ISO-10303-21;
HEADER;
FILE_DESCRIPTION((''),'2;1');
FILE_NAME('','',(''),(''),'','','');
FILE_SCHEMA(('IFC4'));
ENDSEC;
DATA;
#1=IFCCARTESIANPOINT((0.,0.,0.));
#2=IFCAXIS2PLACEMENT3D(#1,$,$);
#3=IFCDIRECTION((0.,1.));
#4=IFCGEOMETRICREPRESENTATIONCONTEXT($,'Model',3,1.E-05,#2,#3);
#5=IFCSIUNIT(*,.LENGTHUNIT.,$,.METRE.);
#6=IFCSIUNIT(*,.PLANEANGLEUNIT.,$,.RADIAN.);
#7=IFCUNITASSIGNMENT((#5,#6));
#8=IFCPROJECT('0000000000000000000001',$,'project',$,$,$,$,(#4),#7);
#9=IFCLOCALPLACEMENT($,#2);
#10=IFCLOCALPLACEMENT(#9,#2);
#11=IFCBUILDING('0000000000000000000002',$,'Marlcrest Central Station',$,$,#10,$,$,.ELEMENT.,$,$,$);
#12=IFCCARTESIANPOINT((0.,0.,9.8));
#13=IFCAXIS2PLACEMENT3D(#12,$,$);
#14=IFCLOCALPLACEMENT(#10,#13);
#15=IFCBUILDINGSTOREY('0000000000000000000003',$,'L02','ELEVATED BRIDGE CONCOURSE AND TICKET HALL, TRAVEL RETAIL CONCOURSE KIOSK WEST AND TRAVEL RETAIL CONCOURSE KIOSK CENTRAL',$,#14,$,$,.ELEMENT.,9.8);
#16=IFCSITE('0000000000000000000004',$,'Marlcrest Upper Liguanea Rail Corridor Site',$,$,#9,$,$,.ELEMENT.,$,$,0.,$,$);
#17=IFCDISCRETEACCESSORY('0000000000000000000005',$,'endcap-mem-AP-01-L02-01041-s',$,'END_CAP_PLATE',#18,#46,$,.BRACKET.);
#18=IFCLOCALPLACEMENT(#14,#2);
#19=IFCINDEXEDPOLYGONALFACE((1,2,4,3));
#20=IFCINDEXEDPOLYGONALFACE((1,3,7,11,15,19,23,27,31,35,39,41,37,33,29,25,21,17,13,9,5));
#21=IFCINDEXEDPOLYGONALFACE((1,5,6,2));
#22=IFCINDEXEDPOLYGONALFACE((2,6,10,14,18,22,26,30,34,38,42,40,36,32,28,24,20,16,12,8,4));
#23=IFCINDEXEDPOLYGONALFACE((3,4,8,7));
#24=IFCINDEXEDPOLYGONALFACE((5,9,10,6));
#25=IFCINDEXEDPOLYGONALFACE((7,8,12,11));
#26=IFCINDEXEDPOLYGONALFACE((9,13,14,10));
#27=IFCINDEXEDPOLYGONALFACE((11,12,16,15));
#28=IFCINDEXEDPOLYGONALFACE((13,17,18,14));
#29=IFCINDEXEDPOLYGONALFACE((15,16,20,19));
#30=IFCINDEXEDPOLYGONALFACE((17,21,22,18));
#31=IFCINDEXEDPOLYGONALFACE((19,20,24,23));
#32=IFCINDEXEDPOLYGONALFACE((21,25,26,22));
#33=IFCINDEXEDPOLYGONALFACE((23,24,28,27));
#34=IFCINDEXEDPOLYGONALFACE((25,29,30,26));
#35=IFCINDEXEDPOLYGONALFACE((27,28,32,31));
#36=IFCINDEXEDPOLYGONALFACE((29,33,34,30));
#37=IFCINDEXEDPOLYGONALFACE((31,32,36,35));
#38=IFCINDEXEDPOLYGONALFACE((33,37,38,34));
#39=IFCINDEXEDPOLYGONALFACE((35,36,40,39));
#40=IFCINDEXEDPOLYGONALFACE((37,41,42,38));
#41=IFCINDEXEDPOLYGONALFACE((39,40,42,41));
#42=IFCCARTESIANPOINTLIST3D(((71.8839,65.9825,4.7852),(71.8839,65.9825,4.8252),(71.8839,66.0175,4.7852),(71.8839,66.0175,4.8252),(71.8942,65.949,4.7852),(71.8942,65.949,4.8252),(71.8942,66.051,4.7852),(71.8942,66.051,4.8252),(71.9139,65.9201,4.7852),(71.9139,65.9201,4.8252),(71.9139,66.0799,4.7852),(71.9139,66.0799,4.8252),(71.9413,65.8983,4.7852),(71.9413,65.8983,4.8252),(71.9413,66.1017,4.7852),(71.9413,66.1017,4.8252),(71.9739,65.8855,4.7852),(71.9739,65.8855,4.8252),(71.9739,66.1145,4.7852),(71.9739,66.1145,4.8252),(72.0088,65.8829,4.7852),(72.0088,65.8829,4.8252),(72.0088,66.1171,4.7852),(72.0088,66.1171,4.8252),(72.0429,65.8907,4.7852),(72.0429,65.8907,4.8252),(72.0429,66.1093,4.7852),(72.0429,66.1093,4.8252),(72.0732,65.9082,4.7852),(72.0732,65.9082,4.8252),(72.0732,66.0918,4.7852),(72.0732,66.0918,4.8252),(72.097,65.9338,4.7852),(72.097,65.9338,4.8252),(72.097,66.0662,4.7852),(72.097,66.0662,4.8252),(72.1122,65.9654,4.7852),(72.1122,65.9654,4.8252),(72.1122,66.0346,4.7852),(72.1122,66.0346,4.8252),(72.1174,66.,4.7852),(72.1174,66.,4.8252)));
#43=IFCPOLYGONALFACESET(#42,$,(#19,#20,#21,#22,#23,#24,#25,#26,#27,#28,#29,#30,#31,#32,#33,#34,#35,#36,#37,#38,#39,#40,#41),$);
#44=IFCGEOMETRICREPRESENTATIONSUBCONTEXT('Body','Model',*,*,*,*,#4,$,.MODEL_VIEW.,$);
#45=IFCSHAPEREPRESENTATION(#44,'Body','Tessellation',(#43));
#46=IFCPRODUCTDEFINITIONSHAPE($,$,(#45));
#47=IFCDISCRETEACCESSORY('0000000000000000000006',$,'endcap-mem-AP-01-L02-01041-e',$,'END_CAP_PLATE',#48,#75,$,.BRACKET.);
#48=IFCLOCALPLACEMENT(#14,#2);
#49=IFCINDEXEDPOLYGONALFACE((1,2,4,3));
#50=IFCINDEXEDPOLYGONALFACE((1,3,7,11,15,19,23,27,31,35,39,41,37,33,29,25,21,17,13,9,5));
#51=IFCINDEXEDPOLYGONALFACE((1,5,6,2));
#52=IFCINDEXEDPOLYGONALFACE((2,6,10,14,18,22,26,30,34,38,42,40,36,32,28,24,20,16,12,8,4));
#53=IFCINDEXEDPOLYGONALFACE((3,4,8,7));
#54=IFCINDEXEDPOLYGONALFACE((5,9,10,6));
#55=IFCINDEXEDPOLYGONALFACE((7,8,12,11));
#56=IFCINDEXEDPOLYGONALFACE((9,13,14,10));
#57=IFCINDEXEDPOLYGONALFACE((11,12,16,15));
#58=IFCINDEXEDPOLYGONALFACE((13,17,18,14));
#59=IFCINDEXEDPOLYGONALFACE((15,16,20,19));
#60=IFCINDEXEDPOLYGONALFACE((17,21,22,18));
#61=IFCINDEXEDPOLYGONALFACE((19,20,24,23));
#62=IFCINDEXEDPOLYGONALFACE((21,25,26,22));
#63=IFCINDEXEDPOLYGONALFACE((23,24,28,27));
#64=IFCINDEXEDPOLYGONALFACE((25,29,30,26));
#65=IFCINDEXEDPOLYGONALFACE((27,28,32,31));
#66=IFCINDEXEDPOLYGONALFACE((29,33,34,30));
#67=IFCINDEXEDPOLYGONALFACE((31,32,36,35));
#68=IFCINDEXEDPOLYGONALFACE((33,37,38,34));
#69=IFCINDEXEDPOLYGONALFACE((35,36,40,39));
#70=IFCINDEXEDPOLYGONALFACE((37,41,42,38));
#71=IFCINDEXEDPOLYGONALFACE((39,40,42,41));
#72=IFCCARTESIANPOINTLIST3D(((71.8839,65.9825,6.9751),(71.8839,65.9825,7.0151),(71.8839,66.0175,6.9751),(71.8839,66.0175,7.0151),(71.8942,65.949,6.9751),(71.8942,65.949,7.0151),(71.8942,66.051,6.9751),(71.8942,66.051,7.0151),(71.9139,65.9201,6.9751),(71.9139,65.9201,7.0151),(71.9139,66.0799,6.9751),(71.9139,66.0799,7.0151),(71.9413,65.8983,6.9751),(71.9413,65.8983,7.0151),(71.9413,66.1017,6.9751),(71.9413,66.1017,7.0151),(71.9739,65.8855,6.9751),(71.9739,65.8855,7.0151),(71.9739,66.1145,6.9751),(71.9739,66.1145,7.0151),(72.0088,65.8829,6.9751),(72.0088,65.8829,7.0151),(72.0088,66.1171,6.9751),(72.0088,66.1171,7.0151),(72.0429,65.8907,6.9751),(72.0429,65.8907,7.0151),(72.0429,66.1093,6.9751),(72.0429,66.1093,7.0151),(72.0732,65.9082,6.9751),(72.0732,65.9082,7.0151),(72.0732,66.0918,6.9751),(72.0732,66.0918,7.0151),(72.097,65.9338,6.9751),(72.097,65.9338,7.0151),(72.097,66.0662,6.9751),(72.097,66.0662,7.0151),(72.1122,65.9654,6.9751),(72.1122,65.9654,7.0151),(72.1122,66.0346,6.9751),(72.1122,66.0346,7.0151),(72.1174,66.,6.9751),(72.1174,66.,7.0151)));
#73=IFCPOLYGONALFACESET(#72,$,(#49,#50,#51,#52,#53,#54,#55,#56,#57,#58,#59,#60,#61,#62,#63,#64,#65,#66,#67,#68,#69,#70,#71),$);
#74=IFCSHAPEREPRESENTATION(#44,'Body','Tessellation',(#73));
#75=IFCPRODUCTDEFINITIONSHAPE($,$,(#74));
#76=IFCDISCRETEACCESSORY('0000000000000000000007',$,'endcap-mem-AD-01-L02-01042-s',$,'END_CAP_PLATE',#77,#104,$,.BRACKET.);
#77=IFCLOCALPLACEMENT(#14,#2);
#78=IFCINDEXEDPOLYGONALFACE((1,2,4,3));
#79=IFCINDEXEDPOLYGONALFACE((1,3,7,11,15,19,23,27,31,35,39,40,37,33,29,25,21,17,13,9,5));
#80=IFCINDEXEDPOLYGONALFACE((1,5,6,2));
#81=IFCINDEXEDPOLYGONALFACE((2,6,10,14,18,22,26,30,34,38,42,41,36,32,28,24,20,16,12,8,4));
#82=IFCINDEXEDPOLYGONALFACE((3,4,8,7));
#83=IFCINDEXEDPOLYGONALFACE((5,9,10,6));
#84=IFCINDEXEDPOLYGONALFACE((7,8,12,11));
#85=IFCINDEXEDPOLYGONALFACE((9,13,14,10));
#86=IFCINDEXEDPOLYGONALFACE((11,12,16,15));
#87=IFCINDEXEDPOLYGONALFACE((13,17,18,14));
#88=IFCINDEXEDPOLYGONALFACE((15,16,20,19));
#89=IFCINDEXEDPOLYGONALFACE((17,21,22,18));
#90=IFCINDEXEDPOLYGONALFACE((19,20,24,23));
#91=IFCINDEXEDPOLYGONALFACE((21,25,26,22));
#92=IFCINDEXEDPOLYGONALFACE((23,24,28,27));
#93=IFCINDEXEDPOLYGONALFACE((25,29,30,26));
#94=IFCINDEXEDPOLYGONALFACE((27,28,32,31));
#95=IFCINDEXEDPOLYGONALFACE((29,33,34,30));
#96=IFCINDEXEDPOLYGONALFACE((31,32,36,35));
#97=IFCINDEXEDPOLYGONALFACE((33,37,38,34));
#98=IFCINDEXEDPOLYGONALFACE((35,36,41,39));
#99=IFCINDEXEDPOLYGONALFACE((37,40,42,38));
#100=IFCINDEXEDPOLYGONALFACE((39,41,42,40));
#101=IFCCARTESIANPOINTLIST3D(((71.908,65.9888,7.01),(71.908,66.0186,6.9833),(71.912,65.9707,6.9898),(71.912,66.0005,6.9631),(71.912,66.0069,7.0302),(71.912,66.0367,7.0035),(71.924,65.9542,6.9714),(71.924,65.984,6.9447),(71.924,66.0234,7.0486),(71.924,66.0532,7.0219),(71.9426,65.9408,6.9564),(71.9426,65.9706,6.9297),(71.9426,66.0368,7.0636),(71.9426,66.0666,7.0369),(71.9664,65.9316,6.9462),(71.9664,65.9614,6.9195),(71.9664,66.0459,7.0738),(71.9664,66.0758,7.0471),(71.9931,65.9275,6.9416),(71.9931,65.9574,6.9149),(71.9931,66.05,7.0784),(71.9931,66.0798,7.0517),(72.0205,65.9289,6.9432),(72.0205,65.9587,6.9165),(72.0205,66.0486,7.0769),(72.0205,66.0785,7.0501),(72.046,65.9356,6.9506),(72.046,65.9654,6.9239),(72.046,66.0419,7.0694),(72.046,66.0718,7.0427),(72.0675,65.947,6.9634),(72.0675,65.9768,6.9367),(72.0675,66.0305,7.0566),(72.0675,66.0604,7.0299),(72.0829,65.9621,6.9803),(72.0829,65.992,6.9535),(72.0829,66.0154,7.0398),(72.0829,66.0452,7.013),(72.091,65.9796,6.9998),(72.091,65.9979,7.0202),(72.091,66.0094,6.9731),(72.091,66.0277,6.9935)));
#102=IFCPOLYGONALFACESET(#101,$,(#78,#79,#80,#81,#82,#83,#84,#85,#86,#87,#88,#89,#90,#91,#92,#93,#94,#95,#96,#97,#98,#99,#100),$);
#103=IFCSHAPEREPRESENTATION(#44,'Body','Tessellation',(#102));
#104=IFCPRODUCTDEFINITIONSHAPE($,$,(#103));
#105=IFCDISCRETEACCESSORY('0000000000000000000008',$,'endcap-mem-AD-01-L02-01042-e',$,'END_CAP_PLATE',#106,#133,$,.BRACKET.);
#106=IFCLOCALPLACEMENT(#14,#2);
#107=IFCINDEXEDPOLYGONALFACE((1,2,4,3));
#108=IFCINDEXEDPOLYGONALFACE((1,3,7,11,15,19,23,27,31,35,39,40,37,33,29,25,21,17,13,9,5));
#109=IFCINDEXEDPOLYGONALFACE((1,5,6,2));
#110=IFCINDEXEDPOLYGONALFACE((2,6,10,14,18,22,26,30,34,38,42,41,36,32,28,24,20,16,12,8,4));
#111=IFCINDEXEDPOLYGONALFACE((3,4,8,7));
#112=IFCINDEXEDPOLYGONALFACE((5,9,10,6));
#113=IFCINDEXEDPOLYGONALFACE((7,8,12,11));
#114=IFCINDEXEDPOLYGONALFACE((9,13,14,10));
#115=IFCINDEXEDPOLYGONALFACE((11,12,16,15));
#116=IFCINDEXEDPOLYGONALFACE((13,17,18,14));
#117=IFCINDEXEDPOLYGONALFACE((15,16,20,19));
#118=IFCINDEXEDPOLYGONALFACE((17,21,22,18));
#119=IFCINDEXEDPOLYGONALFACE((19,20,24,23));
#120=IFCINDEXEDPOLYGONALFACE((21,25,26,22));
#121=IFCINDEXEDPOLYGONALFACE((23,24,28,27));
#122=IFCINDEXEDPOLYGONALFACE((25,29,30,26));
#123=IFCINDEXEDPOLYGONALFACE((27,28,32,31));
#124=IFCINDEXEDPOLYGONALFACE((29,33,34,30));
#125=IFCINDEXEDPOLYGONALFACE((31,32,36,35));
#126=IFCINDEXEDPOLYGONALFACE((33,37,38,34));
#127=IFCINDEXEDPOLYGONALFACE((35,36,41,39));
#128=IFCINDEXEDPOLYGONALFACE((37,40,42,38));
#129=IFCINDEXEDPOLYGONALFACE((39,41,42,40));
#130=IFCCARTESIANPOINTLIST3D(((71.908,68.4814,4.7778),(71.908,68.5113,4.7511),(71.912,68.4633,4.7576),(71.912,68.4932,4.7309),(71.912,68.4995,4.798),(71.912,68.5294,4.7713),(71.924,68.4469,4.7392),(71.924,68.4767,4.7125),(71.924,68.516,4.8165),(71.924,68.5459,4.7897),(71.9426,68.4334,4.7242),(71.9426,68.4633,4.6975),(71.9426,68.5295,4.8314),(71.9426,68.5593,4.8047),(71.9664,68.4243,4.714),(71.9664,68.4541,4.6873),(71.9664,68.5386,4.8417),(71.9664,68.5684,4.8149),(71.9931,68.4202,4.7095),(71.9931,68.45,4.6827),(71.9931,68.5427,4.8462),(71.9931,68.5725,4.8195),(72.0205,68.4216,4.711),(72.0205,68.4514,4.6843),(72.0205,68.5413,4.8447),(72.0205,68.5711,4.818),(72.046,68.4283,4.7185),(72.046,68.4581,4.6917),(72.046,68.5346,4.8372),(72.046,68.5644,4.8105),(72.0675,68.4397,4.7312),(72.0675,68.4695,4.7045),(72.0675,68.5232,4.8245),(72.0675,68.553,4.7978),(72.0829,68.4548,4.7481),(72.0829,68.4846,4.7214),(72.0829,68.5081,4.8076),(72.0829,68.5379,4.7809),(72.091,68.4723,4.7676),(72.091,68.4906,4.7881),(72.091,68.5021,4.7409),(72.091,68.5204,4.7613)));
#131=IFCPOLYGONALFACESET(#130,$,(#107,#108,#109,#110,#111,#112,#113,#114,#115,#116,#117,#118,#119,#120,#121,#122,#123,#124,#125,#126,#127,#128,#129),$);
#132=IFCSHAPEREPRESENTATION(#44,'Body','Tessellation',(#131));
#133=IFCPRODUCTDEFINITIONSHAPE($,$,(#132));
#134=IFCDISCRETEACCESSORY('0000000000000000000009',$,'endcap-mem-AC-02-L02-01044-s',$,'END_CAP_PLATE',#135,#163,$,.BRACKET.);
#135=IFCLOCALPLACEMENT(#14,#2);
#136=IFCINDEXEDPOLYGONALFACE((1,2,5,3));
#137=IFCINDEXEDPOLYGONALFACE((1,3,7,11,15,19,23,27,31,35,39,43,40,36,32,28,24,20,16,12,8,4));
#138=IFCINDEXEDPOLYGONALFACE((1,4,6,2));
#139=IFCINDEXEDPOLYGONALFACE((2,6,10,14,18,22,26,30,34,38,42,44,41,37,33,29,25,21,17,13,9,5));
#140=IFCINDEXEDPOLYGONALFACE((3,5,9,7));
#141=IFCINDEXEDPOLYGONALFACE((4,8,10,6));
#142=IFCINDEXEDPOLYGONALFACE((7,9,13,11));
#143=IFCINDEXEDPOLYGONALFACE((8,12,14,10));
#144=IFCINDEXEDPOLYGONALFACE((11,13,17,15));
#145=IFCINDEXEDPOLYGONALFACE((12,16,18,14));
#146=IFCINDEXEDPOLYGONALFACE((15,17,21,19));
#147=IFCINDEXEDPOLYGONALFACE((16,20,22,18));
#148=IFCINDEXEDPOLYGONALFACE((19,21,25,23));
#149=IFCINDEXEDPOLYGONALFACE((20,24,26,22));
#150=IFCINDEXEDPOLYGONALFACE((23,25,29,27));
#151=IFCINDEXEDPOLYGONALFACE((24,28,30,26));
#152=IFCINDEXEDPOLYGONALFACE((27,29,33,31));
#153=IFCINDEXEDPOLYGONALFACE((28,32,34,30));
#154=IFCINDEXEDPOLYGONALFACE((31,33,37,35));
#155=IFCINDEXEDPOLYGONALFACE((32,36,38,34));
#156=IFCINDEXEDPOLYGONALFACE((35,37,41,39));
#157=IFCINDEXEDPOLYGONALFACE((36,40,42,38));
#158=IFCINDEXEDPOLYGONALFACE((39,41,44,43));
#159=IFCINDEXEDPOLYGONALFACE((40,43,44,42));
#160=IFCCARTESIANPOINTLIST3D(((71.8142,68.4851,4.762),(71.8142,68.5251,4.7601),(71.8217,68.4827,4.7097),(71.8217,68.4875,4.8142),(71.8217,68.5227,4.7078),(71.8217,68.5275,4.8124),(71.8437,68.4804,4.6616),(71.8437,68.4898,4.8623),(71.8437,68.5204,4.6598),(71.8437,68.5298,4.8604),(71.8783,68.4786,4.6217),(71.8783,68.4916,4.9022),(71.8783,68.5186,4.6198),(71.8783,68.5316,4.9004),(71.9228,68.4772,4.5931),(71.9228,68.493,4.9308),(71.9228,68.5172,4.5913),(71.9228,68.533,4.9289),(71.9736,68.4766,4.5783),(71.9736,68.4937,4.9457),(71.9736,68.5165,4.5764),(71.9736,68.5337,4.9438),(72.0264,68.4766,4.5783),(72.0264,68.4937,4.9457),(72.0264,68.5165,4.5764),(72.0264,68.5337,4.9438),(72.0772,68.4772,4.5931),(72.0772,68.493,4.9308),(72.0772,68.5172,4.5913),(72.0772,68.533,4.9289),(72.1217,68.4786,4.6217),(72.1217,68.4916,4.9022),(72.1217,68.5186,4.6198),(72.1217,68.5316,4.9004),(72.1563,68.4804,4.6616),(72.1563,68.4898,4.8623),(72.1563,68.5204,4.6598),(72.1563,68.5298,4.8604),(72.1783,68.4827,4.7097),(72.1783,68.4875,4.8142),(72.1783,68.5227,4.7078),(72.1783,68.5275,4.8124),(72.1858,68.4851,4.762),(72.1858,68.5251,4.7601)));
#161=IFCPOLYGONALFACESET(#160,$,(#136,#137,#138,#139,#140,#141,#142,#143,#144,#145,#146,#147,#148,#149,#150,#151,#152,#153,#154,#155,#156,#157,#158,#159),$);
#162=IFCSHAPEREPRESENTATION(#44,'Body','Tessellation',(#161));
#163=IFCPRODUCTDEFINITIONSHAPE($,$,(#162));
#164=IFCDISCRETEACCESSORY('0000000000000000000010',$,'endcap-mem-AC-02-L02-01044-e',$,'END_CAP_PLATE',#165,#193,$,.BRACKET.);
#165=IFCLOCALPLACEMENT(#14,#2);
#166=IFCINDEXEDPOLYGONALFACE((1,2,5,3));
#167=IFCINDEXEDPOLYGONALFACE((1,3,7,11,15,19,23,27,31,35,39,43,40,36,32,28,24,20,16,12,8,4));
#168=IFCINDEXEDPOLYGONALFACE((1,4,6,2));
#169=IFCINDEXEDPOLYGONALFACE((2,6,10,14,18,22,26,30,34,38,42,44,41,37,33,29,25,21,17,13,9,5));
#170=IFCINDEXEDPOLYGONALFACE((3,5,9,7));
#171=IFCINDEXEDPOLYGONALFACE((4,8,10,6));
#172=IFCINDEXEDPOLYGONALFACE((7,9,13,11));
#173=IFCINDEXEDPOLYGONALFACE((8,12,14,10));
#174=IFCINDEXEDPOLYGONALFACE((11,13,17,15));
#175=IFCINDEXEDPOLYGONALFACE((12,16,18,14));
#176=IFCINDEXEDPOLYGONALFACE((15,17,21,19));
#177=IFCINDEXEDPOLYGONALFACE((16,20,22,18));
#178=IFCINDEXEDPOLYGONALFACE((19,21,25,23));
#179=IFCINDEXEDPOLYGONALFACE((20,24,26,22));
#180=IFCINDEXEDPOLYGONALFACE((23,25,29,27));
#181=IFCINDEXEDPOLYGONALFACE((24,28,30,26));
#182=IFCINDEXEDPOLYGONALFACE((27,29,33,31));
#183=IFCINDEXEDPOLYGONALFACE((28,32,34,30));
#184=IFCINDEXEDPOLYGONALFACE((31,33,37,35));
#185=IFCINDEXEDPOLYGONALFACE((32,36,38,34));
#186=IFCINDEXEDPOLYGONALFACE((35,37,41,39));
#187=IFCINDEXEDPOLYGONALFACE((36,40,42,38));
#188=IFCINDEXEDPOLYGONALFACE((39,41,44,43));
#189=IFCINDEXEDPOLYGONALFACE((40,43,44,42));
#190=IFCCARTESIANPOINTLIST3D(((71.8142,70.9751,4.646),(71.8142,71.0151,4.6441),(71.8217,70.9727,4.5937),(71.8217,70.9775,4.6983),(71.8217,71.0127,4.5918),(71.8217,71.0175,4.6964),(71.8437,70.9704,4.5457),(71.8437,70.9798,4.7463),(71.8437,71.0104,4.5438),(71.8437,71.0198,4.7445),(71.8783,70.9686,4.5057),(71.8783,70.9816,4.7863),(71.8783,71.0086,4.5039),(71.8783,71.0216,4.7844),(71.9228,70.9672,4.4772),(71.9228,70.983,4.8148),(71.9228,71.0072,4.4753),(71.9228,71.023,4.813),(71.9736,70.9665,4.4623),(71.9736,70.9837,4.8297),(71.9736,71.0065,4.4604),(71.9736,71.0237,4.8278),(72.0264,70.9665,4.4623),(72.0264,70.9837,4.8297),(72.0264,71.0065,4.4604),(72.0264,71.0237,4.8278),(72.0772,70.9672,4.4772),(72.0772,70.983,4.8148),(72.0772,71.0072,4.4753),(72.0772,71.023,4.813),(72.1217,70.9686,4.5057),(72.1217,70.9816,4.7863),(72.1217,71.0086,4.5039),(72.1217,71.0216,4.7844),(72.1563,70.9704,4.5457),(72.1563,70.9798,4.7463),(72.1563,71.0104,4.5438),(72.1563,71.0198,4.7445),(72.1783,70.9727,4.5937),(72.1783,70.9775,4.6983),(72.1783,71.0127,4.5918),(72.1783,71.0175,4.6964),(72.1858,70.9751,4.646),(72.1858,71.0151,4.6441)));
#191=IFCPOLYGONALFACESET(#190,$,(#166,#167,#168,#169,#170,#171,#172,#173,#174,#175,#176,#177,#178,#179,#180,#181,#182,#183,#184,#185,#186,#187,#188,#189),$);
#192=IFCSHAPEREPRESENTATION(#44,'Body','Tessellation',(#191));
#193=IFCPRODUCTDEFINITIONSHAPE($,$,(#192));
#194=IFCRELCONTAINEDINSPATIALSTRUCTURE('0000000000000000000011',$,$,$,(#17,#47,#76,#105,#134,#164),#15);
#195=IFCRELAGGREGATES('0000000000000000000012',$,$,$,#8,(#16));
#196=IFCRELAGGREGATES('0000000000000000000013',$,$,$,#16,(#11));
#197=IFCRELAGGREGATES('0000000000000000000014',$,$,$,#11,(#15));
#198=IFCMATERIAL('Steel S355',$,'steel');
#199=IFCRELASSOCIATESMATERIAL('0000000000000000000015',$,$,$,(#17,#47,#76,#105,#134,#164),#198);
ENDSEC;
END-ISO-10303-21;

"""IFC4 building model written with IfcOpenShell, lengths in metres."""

from ifc_helpers import new_model, si_unit, direction, frame, origin, origin_2d, place, context, subcontext, project, spatial, circle, extrude, material, element, save


model = new_model("IFC4")

# Units and contexts
model_context = context("Model", 3, precision=1e-05, world=origin(), true_north=direction((0.0, 1.0)))
body_context = subcontext(model_context, "Body", "Model", "MODEL_VIEW")
ifc_project = project(units=[si_unit("LENGTHUNIT", "METRE"), si_unit("PLANEANGLEUNIT", "RADIAN")], contexts=[model_context])

# Site, building, storey
site_placement = place(None, origin())
site = spatial("IfcSite", under=ifc_project, at=site_placement, Name="Marlcrest Upper Liguanea Rail Corridor Site", CompositionType="ELEMENT", RefElevation=0.0)
building_placement = place(site_placement, origin())
building = spatial("IfcBuilding", under=site, at=building_placement, Name="Marlcrest Central Station", CompositionType="ELEMENT")
storey_placement = place(building_placement, frame((0.0, 0.0, 9.8)))
storey = spatial("IfcBuildingStorey", under=building, at=storey_placement, Name="L02", Description="ELEVATED BRIDGE CONCOURSE AND TICKET HALL, TRAVEL RETAIL CONCOURSE KIOSK WEST AND TRAVEL RETAIL CONCOURSE KIOSK CENTRAL", CompositionType="ELEMENT", Elevation=9.8)

# Shared definitions
ifc_material_1 = material(Name="Steel S355", Category="steel")

# Discrete accessories
for number, where, z_axis, x_axis, name in (
    (1, (72.0, 66.0, 4.7852), (0.0, 0.0, 1.0), (1.0, 0.0, 0.0), "endcap-mem-AP-01-L02-01041-s"),
    (2, (72.0, 66.0, 6.9751), (0.0, 0.0, 1.0), (1.0, 0.0, 0.0), "endcap-mem-AP-01-L02-01041-e"),
):
    element("IfcDiscreteAccessory", number, at=place(storey_placement, frame(where, z_axis=z_axis, x_axis=x_axis)), inside=storey, material=ifc_material_1, Name=name, ObjectType="END_CAP_PLATE", PredefinedType="BRACKET", context=body_context, shape_type="SweptSolid", body=[
        extrude(circle(Radius=0.1174, at=origin_2d()), origin(), (0.0, 0.0, 1.0), 0.04),
    ])
for number, where, z_axis, x_axis, name in (
    (3, (72.0, 65.9888, 7.01), (0.0, 0.744956, -0.667114), (-1.0, 0.0, 0.0), "endcap-mem-AD-01-L02-01042-s"),
    (4, (72.0, 68.4814, 4.7778), (0.0, 0.744956, -0.667114), (-1.0, 0.0, 0.0), "endcap-mem-AD-01-L02-01042-e"),
):
    element("IfcDiscreteAccessory", number, at=place(storey_placement, frame(where, z_axis=z_axis, x_axis=x_axis)), inside=storey, material=ifc_material_1, Name=name, ObjectType="END_CAP_PLATE", PredefinedType="BRACKET", context=body_context, shape_type="SweptSolid", body=[
        extrude(circle(Radius=0.092, at=origin_2d()), origin(), (0.0, 0.0, 1.0), 0.04),
    ])
for number, where, z_axis, x_axis, name in (
    (5, (72.0, 68.4851, 4.762), (0.0, 0.998917, -0.046532), (-1.0, 0.0, 0.0), "endcap-mem-AC-02-L02-01044-s"),
    (6, (72.0, 70.9751, 4.646), (0.0, 0.998917, -0.046532), (-1.0, 0.0, 0.0), "endcap-mem-AC-02-L02-01044-e"),
):
    element("IfcDiscreteAccessory", number, at=place(storey_placement, frame(where, z_axis=z_axis, x_axis=x_axis)), inside=storey, material=ifc_material_1, Name=name, ObjectType="END_CAP_PLATE", PredefinedType="BRACKET", context=body_context, shape_type="SweptSolid", body=[
        extrude(circle(Radius=0.1858, at=origin_2d()), origin(), (0.0, 0.0, 1.0), 0.04),
    ])

save(model, "model.ifc")
